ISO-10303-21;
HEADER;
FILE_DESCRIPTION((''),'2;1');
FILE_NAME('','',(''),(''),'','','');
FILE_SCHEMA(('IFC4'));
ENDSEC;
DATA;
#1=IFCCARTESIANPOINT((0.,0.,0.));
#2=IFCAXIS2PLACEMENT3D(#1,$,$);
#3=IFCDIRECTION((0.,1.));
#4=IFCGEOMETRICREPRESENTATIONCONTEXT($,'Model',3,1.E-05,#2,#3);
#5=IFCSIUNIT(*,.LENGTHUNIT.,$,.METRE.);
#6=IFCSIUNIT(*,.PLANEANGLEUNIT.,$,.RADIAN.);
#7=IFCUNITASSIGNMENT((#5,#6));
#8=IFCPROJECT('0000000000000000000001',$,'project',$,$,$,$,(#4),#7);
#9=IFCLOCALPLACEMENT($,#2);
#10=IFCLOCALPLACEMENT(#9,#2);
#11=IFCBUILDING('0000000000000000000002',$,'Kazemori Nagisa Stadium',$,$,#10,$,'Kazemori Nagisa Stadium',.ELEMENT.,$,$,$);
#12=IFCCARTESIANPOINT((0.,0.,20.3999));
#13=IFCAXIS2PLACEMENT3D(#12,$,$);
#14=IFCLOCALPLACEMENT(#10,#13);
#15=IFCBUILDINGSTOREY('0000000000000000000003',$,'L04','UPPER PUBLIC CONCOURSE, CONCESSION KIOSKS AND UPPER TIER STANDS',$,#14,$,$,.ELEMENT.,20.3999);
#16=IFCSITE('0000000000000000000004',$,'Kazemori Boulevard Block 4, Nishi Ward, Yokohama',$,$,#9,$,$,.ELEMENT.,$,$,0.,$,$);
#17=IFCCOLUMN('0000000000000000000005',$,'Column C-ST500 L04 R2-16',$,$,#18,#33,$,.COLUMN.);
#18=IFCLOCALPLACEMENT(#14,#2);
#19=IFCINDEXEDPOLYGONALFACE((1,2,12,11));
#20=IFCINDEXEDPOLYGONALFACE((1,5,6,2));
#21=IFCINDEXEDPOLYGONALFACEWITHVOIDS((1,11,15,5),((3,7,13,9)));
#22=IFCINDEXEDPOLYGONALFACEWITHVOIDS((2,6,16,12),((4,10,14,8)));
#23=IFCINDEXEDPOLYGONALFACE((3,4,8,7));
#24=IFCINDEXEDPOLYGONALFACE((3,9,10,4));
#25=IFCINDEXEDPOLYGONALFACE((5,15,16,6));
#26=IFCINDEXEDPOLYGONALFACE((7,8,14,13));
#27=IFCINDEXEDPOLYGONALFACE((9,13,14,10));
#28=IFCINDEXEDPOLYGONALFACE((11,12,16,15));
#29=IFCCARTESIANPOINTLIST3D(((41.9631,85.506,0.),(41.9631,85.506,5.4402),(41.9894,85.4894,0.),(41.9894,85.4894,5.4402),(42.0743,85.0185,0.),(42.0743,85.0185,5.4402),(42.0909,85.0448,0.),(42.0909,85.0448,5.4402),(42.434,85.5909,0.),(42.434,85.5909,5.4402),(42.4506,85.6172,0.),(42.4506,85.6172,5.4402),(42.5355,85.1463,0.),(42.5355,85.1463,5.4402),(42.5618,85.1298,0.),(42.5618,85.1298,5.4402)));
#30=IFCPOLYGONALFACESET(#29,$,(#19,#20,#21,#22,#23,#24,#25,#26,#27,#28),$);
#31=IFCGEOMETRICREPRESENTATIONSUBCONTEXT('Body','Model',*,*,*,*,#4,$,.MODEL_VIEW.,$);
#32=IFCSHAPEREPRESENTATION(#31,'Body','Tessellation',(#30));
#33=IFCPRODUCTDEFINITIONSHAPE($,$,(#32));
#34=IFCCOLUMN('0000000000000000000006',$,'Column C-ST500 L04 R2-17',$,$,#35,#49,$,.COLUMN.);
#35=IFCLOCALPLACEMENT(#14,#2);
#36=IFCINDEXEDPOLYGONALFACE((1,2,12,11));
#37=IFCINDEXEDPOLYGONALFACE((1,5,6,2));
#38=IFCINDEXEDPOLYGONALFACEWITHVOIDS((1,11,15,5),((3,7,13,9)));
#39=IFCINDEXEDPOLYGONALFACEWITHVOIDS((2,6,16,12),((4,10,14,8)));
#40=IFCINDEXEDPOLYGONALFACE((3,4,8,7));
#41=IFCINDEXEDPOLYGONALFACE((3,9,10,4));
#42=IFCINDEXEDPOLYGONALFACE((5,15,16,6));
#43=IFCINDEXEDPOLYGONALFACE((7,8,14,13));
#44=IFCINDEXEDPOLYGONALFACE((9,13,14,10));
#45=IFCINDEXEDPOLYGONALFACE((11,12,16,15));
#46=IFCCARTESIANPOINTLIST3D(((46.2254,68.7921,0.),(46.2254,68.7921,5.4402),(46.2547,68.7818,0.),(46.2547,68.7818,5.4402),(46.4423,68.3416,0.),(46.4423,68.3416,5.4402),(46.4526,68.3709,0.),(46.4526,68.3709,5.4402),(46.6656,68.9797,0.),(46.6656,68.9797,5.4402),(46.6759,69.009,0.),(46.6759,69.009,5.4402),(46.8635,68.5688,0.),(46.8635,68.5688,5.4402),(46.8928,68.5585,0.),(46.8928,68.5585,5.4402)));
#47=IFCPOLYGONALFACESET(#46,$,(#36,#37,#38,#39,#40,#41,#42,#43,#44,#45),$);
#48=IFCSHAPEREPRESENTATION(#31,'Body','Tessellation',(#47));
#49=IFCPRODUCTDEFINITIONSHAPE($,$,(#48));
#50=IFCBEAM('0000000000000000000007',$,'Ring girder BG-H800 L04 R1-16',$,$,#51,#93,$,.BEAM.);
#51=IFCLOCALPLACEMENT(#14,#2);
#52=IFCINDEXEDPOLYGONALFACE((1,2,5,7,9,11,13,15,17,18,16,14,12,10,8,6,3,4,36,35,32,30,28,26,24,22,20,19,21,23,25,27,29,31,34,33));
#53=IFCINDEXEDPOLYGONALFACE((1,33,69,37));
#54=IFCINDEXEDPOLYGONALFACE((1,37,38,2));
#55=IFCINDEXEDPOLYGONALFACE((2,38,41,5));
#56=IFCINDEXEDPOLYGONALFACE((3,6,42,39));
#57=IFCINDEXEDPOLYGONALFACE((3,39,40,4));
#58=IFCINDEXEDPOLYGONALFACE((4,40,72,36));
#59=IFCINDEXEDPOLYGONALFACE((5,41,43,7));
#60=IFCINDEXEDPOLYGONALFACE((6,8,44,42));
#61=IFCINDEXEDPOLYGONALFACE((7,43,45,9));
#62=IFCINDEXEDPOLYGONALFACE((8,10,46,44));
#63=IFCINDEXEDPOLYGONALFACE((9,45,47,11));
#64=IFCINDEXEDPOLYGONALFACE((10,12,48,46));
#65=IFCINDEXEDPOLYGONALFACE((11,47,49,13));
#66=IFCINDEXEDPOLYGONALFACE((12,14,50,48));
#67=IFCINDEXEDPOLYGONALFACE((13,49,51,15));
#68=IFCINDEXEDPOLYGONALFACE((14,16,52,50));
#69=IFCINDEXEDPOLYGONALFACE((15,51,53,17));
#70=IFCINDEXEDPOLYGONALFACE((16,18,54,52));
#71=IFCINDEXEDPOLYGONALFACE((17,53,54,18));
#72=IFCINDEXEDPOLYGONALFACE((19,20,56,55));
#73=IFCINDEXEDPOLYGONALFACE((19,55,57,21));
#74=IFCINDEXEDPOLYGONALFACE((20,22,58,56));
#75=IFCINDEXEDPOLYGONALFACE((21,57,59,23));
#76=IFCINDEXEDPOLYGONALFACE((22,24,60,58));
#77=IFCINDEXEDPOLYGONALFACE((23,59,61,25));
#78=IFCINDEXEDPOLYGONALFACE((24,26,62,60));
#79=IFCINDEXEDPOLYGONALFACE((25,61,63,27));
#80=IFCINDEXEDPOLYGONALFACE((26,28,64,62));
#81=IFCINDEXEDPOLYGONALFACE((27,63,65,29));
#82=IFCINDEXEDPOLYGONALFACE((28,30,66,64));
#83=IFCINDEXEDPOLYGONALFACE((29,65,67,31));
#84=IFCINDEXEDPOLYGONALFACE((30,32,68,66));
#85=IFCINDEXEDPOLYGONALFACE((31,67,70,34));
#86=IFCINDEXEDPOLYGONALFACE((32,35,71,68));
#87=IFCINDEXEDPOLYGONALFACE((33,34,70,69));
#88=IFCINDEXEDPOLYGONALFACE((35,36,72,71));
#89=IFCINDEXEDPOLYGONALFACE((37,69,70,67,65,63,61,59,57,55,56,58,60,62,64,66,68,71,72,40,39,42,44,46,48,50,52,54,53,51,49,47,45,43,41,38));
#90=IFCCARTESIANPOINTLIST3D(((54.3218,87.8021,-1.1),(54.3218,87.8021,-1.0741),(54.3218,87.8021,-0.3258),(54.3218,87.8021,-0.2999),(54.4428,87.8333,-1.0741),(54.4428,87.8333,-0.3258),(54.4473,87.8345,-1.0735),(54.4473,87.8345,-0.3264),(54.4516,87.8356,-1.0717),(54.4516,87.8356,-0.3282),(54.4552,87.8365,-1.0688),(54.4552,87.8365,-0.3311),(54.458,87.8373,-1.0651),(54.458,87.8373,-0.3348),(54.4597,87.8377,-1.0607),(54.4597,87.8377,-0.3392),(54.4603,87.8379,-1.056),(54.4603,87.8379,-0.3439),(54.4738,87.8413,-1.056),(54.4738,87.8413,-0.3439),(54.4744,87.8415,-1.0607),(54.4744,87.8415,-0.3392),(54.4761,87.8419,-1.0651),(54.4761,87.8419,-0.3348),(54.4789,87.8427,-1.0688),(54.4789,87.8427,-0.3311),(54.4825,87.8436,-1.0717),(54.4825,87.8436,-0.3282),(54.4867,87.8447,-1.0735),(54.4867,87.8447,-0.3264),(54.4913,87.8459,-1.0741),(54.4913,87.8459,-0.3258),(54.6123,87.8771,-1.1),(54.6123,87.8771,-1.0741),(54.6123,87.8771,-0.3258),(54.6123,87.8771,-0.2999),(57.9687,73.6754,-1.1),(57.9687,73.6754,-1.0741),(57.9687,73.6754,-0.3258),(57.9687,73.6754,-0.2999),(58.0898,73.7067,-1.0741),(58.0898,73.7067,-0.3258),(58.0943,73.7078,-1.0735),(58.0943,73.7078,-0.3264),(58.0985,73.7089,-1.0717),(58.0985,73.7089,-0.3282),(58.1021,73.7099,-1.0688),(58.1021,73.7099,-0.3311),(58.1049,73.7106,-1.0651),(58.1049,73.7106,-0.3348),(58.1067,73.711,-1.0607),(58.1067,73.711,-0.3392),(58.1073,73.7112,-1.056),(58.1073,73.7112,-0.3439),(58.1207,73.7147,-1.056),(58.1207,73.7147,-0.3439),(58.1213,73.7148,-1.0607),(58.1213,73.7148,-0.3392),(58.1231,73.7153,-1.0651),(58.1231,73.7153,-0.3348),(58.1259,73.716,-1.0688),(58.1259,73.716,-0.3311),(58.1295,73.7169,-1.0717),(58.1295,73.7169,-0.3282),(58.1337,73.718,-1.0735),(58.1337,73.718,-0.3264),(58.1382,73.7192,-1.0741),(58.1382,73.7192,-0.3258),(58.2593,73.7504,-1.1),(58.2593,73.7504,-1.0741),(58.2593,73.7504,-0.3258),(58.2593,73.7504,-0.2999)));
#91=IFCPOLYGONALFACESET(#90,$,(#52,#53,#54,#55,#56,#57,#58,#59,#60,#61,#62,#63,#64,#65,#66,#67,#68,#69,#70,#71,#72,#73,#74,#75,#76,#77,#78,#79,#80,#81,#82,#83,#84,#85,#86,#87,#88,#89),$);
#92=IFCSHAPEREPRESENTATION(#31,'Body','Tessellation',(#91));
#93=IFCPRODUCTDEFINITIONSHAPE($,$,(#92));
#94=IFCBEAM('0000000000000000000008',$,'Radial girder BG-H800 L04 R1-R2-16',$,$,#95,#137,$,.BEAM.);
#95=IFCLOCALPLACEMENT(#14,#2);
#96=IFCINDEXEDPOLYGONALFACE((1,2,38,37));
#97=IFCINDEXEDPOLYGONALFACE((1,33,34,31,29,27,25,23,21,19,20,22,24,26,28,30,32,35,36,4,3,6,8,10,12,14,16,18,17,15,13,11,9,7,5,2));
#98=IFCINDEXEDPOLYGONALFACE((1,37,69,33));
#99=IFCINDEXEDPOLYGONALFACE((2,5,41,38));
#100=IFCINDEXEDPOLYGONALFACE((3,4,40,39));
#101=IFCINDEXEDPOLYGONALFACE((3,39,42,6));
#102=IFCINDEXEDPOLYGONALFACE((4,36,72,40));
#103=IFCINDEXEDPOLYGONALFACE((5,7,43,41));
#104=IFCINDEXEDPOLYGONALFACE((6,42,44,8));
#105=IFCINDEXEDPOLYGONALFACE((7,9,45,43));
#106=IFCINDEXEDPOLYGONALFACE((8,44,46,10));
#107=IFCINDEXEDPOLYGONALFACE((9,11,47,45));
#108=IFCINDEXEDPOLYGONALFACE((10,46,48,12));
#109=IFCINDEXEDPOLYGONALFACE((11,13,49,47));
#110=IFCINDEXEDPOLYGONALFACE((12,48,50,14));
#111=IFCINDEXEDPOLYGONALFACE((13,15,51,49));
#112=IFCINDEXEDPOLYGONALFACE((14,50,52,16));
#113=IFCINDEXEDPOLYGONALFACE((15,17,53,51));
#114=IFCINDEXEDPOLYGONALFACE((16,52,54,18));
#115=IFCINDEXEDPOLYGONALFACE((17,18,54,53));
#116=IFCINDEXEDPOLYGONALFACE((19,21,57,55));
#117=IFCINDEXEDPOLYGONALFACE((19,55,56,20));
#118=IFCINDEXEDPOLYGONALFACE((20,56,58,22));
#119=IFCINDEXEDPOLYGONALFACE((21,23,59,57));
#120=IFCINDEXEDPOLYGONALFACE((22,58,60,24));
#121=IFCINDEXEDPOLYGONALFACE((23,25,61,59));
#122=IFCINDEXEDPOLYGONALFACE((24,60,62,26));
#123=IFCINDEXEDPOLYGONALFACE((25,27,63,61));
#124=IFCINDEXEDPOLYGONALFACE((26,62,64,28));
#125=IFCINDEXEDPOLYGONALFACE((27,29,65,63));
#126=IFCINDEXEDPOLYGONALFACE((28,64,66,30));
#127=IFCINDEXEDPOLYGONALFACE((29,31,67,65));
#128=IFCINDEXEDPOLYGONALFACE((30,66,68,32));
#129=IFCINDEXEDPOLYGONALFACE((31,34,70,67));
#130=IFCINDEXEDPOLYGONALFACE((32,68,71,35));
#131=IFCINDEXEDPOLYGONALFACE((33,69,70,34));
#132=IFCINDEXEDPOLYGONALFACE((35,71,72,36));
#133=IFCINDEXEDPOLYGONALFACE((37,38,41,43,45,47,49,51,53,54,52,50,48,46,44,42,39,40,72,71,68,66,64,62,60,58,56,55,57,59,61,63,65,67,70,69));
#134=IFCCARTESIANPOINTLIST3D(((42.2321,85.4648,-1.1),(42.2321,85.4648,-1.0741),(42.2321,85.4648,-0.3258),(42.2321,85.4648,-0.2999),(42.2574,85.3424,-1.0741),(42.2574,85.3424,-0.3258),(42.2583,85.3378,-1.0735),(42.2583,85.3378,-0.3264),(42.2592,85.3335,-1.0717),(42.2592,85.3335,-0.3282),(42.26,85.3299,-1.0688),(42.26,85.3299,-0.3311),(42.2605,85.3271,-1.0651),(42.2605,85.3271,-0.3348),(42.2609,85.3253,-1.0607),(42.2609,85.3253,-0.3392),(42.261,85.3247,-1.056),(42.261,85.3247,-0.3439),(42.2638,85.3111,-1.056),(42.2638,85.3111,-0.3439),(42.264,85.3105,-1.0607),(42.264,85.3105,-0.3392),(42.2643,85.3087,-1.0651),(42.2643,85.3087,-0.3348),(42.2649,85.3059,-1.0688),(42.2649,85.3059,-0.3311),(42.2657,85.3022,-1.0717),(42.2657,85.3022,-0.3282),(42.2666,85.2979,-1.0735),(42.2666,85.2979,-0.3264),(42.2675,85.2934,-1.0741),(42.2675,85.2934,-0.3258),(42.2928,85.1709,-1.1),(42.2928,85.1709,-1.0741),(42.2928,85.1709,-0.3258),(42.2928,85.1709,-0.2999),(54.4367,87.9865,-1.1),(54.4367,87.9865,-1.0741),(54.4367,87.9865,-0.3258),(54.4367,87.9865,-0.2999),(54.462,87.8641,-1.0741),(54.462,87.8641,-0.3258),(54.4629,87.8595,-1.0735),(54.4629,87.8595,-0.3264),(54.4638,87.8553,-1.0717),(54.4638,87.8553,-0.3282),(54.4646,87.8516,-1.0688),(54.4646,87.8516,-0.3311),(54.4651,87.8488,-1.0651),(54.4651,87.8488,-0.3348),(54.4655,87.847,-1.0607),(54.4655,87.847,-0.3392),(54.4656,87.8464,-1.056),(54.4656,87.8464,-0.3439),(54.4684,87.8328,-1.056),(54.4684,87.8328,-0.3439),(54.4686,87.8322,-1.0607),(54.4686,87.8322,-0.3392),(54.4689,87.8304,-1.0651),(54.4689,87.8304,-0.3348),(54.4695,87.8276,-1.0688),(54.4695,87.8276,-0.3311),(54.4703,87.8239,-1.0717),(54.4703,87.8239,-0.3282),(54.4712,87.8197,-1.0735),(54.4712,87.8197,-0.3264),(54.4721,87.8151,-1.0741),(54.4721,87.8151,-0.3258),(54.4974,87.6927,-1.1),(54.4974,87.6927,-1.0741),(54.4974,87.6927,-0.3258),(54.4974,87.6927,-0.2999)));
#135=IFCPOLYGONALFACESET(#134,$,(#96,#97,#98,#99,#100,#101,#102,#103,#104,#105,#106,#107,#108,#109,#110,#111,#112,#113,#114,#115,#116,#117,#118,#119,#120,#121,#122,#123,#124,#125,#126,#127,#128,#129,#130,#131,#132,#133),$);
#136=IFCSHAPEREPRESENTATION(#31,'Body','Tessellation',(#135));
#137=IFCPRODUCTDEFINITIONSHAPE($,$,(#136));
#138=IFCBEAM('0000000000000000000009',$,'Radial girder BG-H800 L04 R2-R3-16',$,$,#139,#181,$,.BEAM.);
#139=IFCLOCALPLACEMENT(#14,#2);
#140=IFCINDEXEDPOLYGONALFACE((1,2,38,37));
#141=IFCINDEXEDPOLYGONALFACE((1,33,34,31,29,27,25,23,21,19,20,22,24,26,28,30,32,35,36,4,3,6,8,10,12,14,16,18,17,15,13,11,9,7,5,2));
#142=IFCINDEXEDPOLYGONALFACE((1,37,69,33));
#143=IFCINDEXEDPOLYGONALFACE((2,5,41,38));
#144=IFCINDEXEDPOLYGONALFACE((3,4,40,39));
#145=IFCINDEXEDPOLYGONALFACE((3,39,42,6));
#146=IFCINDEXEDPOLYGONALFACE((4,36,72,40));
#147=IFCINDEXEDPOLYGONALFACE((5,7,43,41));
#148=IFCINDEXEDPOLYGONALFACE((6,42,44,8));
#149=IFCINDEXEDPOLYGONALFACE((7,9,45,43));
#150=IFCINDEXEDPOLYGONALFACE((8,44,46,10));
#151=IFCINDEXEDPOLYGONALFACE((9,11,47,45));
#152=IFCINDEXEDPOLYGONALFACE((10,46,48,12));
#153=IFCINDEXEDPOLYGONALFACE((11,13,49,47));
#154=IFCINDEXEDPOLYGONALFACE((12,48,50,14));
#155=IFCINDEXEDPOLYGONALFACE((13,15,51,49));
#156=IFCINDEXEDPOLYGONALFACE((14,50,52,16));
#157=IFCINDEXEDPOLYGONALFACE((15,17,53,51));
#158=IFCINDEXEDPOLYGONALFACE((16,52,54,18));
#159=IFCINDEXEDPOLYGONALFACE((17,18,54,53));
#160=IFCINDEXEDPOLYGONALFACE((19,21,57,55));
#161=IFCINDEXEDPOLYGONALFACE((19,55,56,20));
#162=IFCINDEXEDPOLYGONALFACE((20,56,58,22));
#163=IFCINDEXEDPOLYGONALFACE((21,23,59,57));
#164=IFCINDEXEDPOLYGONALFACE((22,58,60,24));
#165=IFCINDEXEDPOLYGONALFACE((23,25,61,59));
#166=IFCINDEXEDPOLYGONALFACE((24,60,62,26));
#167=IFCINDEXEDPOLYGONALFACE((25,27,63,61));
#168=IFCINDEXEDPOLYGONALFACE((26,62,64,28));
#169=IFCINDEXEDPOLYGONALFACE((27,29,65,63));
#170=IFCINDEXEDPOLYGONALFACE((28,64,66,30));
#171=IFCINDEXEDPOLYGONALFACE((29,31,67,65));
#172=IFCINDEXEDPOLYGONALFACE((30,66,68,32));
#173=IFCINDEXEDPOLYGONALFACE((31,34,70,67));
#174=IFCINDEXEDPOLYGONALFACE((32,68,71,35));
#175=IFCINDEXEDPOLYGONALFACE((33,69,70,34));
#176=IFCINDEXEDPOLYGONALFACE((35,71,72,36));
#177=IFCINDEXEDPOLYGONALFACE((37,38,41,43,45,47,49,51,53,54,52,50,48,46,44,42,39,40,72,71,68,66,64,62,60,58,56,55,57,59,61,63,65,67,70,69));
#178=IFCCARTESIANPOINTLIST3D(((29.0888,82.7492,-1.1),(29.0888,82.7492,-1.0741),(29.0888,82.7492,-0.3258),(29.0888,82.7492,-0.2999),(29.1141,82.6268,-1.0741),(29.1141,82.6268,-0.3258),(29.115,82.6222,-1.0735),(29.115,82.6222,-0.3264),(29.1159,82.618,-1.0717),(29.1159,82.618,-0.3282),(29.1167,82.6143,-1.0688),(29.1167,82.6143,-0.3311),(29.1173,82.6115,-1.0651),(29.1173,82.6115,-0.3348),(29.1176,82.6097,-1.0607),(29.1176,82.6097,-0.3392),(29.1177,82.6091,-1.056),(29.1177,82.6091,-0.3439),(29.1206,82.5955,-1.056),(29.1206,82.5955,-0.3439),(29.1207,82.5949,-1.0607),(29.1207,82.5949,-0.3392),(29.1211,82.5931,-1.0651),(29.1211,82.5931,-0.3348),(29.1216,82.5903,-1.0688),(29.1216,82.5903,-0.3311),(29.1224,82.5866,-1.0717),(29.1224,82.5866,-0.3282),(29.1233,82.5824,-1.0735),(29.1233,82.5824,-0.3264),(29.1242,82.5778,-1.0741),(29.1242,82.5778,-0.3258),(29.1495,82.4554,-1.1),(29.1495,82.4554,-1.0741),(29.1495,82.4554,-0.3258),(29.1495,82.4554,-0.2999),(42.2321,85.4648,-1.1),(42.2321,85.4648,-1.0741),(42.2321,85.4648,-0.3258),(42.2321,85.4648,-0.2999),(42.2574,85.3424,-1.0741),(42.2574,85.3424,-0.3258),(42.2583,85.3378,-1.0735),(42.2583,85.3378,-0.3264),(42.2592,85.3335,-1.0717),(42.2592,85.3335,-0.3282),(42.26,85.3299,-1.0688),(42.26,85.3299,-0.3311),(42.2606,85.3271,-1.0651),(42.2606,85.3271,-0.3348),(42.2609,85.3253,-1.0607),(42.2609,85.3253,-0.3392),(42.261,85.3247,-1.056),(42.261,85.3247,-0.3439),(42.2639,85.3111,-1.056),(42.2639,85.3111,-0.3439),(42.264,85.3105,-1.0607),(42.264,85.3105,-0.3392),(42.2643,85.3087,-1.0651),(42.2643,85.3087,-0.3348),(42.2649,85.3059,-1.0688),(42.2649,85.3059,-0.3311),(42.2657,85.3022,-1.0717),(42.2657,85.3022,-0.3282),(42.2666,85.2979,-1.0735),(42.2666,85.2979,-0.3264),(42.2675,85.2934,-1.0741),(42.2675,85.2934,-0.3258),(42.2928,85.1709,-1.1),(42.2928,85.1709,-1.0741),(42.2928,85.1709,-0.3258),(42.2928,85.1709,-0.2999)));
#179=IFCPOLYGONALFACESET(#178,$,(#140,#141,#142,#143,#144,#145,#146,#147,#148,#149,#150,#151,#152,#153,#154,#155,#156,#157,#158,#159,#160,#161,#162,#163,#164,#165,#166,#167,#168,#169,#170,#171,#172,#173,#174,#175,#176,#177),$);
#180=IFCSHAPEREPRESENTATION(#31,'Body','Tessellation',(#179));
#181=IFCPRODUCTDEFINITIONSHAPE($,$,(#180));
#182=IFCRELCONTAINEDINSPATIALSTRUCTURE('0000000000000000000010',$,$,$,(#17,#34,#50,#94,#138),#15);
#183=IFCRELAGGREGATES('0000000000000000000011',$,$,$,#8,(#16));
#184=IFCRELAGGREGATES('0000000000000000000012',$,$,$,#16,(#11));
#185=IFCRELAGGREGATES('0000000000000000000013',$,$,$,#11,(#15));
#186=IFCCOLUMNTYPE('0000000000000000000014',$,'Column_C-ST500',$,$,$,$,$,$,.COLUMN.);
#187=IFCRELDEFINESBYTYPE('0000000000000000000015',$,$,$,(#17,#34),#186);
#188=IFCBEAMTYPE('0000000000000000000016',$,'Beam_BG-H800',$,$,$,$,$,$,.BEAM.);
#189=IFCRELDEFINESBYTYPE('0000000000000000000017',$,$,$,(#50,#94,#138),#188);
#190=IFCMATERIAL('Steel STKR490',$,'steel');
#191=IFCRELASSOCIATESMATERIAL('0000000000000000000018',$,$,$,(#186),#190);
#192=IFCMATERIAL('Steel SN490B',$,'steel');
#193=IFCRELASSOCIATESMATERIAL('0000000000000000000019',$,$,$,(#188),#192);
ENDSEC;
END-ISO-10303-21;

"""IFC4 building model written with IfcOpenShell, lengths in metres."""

from ifc_helpers import new_model, si_unit, direction, frame, origin, origin_2d, place, context, subcontext, project, spatial, hollow_rectangle, i_section, extrude, material, material_profile, profile_set, type_object, element, save


model = new_model("IFC4")

# Units and contexts
model_context = context("Model", 3, precision=1e-05, world=origin(), true_north=direction((0.0, 1.0)))
body_context = subcontext(model_context, "Body", "Model", "MODEL_VIEW")
ifc_project = project(units=[si_unit("LENGTHUNIT", "METRE"), si_unit("PLANEANGLEUNIT", "RADIAN")], contexts=[model_context])

# Site, building, storey
site_placement = place(None, origin())
site = spatial("IfcSite", under=ifc_project, at=site_placement, Name="Kazemori Boulevard Block 4, Nishi Ward, Yokohama", CompositionType="ELEMENT", RefElevation=0.0)
building_placement = place(site_placement, origin())
building = spatial("IfcBuilding", under=site, at=building_placement, Name="Kazemori Nagisa Stadium", LongName="Kazemori Nagisa Stadium", CompositionType="ELEMENT")
storey_placement = place(building_placement, frame((0.0, 0.0, 20.3999)))
storey = spatial("IfcBuildingStorey", under=building, at=storey_placement, Name="L04", Description="UPPER PUBLIC CONCOURSE, CONCESSION KIOSKS AND UPPER TIER STANDS", CompositionType="ELEMENT", Elevation=20.3999)

# Columns
ifc_material_1 = material(Name="Steel STKR490", Category="steel")
ifc_material_profile_1 = material_profile(ifc_material_1, hollow_rectangle(XDim=0.5, YDim=0.5, WallThickness=0.022, at=origin_2d()), Name="SHS-500x500x22")
ifc_profile_set_1 = profile_set([ifc_material_profile_1], Name="Steel STKR490")
column_type = type_object("IfcColumnType", Name="Column_C-ST500", PredefinedType="COLUMN", material=ifc_profile_set_1)
for number, where, z_axis, x_axis, name in (
    (1, (42.2625, 85.3179, 0.0), (0.0, 0.0, 1.0), (-0.974928, -0.222521, 0.0), "Column C-ST500 L04 R2-16"),
    (2, (46.5591, 68.6753, 0.0), (0.0, 0.0, 1.0), (-0.900969, -0.433884, 0.0), "Column C-ST500 L04 R2-17"),
):
    element("IfcColumn", number, at=place(storey_placement, frame(where, z_axis=z_axis, x_axis=x_axis)), inside=storey, type_object=column_type, Name=name, PredefinedType="COLUMN", context=body_context, shape_type="SweptSolid", body=[
        extrude(hollow_rectangle(XDim=0.5, YDim=0.5, WallThickness=0.022, at=origin_2d()), origin(), (0.0, 0.0, 1.0), 5.4402),
    ])

# Beams
ifc_material_2 = material(Name="Steel SN490B", Category="steel")
ifc_material_profile_2 = material_profile(ifc_material_2, i_section(OverallWidth=0.3, OverallDepth=0.8, WebThickness=0.0139, FlangeThickness=0.0259, FilletRadius=0.0181, at=origin_2d()), Name="H-800x300x14x26")
ifc_profile_set_2 = profile_set([ifc_material_profile_2], Name="Steel SN490B")
beam_type_1 = type_object("IfcBeamType", Name="Beam_BG-H800", PredefinedType="BEAM", material=ifc_profile_set_2)
beam_1_placement = place(storey_placement, frame((54.467, 87.8396, -0.7), z_axis=(0.249966, -0.968255, 0.0), x_axis=(0.968255, 0.249966, 0.0)))
element("IfcBeam", 3, at=beam_1_placement, inside=storey, type_object=beam_type_1, Name="Ring girder BG-H800 L04 R1-16", PredefinedType="BEAM", context=body_context, shape_type="SweptSolid", body=[
    extrude(i_section(OverallWidth=0.3, OverallDepth=0.8, WebThickness=0.0139, FlangeThickness=0.0259, FilletRadius=0.0181, at=origin_2d()), origin(), (0.0, 0.0, 1.0), 14.5898),
])
beam_2_placement = place(storey_placement, frame((54.467, 87.8396, -0.7), z_axis=(-0.979314, -0.202347, 0.0), x_axis=(0.202347, -0.979314, 0.0)))
element("IfcBeam", 4, at=beam_2_placement, inside=storey, type_object=beam_type_1, Name="Radial girder BG-H800 L04 R1-R2-16", PredefinedType="BEAM", context=body_context, shape_type="SweptSolid", body=[
    extrude(i_section(OverallWidth=0.3, OverallDepth=0.8, WebThickness=0.0139, FlangeThickness=0.0259, FilletRadius=0.0181, at=origin_2d()), origin(), (0.0, 0.0, 1.0), 12.4624),
])
beam_3_placement = place(storey_placement, frame((42.2625, 85.3179, -0.7), z_axis=(-0.979316, -0.202339, 0.0), x_axis=(0.202339, -0.979316, 0.0)))
element("IfcBeam", 5, at=beam_3_placement, inside=storey, type_object=beam_type_1, Name="Radial girder BG-H800 L04 R2-R3-16", PredefinedType="BEAM", context=body_context, shape_type="SweptSolid", body=[
    extrude(i_section(OverallWidth=0.3, OverallDepth=0.8, WebThickness=0.0139, FlangeThickness=0.0259, FilletRadius=0.0181, at=origin_2d()), origin(), (0.0, 0.0, 1.0), 13.4209),
])

save(model, "model.ifc")
